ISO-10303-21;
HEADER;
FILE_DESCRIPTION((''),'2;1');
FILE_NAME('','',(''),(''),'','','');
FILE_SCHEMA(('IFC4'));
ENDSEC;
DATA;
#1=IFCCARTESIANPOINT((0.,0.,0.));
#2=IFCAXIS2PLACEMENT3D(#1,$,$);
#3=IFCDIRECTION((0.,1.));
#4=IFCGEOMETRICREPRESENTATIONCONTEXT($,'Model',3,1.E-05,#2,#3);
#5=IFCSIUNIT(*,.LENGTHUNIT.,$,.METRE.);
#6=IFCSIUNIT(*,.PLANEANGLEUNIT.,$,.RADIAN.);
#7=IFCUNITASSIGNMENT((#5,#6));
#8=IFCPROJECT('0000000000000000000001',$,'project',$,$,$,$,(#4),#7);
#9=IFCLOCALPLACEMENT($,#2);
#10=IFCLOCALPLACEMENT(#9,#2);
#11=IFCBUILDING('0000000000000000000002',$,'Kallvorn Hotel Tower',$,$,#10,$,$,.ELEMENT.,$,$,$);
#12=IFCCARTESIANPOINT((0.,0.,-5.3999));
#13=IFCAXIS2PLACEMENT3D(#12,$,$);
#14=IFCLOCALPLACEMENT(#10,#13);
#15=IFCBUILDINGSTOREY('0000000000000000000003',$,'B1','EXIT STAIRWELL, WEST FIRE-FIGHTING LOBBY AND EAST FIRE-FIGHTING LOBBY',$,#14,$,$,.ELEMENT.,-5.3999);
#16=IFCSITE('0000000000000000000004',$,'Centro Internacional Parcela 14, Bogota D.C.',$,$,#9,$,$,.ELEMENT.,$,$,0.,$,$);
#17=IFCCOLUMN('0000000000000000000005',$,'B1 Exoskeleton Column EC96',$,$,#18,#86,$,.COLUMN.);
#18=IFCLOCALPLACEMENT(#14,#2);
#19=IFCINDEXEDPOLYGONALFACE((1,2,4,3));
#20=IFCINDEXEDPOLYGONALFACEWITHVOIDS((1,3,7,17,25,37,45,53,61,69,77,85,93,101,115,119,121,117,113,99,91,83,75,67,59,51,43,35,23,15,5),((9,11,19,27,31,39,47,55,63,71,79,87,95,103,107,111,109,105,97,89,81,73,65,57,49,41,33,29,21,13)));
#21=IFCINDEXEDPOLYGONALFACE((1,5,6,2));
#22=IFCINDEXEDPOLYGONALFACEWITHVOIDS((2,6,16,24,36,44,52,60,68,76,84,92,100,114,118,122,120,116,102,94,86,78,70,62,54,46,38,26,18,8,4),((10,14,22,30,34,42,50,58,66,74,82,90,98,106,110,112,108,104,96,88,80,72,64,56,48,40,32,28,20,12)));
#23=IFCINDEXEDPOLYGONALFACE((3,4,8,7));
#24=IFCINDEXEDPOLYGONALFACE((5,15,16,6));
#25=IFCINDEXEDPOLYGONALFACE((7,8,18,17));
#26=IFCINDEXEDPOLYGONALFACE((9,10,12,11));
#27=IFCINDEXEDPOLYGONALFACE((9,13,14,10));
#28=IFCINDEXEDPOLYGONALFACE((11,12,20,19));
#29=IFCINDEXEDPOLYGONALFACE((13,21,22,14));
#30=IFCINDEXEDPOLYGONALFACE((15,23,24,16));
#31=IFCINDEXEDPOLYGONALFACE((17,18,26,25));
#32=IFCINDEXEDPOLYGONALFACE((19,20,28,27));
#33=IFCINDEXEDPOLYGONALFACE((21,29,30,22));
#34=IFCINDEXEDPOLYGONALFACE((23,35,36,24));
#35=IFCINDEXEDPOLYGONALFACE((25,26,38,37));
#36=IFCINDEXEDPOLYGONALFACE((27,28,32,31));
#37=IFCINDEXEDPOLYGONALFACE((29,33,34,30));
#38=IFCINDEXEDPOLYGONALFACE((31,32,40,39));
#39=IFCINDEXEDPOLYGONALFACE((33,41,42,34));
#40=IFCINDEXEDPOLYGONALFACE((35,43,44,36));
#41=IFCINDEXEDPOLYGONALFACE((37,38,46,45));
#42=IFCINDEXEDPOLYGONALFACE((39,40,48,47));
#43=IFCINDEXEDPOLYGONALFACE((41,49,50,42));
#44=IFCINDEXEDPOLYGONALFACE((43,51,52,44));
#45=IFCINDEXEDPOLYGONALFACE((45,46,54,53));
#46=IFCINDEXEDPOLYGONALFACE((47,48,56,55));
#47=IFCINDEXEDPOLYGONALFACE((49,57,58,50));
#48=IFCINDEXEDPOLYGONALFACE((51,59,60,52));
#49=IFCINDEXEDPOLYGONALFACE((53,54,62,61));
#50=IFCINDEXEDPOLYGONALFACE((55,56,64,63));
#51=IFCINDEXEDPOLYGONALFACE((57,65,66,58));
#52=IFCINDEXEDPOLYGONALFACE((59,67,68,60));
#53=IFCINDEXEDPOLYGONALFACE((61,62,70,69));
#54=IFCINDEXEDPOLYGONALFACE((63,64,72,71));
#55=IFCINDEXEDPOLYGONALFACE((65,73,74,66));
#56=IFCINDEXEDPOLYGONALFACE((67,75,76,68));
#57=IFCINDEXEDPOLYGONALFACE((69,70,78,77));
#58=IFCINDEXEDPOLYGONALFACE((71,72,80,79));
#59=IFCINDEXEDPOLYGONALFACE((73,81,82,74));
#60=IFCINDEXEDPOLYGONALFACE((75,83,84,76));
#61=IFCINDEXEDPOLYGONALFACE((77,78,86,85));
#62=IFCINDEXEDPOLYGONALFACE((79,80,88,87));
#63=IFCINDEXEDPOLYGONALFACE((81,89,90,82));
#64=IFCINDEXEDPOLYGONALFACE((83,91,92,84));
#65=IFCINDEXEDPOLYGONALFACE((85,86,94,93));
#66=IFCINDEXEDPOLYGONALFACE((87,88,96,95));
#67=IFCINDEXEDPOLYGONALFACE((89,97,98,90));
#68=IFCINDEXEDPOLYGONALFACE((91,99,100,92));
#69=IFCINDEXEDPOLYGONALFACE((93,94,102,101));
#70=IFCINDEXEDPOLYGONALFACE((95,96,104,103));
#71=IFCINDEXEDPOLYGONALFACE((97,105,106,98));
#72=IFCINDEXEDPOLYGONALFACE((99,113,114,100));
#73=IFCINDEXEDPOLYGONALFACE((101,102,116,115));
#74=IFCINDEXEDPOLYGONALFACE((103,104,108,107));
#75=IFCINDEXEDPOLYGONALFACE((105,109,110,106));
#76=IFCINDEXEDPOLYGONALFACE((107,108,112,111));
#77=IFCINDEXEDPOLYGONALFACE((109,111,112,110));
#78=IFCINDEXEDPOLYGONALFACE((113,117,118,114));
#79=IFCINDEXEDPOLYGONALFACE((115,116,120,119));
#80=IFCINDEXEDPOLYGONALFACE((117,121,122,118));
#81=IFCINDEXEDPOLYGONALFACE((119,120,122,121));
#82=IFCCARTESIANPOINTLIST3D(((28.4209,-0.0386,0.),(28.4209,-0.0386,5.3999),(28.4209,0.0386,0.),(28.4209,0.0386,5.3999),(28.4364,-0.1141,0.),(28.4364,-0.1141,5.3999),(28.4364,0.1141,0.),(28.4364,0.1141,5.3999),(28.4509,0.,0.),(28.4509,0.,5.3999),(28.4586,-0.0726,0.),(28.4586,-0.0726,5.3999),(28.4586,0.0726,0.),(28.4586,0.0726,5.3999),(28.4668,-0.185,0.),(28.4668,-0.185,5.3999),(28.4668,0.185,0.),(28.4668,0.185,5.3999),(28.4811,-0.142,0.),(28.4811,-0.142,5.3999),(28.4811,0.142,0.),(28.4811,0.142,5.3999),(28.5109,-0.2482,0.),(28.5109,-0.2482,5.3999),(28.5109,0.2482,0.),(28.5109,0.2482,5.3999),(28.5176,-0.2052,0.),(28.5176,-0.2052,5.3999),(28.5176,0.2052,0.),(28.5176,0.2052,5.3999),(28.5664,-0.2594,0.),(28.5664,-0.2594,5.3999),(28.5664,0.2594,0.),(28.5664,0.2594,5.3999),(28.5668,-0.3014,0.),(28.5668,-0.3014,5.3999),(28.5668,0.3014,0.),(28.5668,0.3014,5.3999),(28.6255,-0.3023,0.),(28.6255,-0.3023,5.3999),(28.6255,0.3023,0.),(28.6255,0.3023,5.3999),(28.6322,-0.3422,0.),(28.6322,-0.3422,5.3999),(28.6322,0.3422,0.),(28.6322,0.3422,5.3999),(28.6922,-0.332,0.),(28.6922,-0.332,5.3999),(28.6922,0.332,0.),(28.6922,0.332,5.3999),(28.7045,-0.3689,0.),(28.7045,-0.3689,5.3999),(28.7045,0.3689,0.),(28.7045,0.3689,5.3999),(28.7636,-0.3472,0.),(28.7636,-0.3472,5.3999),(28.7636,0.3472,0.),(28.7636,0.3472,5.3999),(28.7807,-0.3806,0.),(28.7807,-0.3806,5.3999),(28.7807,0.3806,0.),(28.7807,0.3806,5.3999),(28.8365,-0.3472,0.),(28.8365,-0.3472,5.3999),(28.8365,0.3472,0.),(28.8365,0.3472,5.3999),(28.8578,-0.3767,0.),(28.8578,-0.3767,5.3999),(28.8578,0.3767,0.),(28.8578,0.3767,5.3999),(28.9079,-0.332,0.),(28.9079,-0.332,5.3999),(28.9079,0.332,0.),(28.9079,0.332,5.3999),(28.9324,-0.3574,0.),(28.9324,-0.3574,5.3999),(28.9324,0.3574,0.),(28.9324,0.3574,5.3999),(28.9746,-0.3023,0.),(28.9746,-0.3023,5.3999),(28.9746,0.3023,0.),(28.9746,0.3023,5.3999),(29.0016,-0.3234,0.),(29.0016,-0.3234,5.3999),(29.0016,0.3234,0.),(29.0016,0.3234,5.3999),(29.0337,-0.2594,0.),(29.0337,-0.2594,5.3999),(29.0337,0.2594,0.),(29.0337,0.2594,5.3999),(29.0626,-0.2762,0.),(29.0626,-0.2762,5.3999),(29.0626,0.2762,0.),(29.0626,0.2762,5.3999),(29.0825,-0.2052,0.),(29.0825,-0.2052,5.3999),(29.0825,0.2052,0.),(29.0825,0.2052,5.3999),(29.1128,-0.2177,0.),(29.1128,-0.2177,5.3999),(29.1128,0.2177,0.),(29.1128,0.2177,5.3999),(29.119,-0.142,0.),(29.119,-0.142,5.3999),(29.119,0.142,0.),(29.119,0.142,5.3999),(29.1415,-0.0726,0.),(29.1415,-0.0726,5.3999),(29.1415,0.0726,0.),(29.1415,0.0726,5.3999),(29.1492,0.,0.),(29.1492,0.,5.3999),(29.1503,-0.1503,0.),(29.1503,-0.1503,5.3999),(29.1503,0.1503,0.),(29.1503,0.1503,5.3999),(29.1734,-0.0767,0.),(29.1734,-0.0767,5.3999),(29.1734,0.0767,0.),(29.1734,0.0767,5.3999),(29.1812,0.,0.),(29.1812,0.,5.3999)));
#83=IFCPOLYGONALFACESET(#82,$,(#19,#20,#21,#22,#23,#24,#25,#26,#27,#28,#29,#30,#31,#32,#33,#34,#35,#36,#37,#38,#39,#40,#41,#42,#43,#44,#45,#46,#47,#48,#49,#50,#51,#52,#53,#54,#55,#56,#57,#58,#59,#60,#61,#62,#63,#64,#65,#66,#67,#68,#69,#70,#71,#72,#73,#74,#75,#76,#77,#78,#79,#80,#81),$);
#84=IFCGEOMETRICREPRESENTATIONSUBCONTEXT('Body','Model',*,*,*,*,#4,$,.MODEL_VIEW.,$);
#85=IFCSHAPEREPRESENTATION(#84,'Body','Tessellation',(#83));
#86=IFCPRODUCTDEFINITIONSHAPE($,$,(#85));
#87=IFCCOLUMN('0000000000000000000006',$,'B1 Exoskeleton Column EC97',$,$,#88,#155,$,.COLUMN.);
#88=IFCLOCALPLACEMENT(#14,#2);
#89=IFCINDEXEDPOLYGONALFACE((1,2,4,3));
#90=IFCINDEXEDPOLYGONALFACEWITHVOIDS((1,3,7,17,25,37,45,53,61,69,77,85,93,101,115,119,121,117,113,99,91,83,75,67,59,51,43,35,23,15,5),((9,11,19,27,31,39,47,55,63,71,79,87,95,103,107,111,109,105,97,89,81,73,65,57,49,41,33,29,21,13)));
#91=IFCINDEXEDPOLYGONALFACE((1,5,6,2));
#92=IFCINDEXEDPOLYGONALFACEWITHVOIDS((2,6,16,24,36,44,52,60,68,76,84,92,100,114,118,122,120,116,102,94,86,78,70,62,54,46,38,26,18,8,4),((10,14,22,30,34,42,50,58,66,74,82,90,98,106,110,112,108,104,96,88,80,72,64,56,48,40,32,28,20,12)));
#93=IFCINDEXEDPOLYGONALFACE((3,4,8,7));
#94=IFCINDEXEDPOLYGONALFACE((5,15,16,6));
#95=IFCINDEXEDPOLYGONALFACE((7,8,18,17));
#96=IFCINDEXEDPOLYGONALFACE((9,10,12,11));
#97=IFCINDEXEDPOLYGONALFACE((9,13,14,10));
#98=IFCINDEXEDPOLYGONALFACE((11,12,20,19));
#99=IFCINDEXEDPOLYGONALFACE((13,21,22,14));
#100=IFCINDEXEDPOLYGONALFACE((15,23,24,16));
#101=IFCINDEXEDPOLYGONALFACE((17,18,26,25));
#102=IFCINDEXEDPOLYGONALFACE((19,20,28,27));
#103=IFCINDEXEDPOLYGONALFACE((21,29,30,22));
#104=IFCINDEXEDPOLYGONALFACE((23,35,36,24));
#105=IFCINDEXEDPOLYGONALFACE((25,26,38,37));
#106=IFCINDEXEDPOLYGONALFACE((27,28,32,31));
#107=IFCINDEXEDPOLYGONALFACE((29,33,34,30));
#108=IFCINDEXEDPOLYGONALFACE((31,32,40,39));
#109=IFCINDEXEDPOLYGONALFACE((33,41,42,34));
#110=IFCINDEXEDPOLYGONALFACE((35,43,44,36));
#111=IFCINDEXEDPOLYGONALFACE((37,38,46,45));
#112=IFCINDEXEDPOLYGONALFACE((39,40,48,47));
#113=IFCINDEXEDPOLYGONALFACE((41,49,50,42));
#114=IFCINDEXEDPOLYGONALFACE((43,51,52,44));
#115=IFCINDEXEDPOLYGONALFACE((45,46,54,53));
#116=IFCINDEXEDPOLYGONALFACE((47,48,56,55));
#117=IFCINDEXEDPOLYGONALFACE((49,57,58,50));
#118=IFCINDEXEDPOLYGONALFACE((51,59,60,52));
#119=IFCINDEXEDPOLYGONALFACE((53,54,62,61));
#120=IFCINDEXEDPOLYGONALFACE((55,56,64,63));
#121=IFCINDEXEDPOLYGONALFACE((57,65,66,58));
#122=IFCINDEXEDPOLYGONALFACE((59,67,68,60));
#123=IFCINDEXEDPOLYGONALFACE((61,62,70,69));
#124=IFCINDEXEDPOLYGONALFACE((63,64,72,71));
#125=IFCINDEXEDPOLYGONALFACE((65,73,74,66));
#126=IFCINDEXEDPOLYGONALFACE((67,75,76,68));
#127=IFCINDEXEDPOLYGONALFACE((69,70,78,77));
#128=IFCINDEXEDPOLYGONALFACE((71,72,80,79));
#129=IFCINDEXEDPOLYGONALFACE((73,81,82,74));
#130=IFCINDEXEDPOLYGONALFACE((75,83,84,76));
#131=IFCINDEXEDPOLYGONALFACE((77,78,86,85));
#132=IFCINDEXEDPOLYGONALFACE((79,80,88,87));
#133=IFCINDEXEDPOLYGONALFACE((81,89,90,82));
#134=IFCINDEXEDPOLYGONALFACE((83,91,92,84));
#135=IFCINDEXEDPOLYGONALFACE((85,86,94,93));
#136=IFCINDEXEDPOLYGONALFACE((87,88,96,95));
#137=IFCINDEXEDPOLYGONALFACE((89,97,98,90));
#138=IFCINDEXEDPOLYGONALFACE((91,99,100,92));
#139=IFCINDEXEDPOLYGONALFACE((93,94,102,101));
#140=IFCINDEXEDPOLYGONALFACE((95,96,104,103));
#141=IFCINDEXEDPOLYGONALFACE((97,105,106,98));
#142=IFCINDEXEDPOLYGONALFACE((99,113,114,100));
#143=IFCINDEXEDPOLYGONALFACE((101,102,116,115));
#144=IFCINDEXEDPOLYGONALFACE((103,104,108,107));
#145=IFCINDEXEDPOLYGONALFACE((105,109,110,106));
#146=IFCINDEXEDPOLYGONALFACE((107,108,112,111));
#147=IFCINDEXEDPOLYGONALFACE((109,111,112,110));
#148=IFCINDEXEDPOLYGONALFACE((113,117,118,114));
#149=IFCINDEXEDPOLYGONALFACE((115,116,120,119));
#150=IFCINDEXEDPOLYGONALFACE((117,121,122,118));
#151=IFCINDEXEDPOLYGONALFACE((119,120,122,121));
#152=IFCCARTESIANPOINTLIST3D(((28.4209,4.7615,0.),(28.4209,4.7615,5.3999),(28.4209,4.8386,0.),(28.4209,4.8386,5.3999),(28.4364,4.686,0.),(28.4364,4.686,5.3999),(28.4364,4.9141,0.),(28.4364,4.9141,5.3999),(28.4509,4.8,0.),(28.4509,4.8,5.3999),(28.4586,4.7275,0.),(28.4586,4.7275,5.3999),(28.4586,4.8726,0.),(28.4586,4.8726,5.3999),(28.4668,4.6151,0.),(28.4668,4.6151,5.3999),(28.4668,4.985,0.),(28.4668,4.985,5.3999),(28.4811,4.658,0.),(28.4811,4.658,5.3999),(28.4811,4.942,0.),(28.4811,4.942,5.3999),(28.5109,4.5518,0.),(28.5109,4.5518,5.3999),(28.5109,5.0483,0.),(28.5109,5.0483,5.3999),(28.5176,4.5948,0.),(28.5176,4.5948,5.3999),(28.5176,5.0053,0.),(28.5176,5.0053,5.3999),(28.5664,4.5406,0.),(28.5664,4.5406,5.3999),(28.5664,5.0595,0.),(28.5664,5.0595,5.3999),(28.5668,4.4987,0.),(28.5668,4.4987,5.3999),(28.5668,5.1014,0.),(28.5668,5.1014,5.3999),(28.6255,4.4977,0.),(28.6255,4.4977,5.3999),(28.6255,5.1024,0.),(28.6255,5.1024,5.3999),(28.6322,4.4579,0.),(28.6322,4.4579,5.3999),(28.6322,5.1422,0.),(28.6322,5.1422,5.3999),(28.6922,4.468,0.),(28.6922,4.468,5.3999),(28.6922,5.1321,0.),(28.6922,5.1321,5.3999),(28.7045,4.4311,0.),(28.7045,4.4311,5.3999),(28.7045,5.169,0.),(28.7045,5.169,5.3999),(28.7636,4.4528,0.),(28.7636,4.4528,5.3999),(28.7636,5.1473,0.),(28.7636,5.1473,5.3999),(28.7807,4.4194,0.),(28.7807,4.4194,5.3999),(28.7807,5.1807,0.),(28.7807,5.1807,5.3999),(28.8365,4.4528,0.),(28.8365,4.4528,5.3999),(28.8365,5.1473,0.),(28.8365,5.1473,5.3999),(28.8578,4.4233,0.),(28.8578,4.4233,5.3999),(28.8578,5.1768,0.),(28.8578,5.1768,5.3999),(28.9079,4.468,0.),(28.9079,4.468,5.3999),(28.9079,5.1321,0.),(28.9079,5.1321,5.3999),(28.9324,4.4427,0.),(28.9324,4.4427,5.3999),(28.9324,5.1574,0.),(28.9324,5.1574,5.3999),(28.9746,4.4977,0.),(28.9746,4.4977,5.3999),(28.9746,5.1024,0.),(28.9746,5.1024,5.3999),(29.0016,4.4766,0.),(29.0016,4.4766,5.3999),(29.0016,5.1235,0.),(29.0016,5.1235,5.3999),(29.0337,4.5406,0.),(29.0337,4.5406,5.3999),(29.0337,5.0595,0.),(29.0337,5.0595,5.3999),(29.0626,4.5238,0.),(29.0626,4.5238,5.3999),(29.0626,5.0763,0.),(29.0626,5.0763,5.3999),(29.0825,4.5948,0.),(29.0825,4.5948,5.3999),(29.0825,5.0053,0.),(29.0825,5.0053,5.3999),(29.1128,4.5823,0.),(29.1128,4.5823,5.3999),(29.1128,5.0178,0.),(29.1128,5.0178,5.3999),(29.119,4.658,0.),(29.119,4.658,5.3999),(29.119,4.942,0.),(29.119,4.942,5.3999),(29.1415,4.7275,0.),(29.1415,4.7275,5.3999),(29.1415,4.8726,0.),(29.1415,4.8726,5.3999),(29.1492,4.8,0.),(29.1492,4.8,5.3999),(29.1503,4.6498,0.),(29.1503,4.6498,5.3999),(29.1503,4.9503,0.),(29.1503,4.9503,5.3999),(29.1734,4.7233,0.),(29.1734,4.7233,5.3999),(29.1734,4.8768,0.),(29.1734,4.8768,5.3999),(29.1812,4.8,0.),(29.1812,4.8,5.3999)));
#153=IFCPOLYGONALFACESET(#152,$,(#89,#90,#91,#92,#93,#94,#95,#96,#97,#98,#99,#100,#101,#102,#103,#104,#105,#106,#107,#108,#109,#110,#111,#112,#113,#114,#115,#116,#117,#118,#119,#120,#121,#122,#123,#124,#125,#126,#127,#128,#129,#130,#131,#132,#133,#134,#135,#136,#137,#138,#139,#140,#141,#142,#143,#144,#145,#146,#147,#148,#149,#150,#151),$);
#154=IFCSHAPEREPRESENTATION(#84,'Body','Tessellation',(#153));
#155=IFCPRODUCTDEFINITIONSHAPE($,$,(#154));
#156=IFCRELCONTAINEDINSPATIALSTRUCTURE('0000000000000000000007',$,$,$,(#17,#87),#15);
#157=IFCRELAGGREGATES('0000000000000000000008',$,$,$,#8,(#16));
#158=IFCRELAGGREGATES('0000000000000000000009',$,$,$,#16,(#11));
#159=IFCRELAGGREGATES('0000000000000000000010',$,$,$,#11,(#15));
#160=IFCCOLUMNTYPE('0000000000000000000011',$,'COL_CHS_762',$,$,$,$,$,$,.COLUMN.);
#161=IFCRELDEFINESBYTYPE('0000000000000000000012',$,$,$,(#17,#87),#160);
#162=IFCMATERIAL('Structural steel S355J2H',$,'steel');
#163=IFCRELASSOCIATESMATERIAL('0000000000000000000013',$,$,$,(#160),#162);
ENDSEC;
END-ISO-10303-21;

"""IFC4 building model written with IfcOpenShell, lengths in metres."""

from ifc_helpers import new_model, si_unit, direction, frame, origin, origin_2d, place, context, subcontext, project, spatial, hollow_circle, extrude, material, material_profile, profile_set, type_object, element, save


model = new_model("IFC4")

# Units and contexts
model_context = context("Model", 3, precision=1e-05, world=origin(), true_north=direction((0.0, 1.0)))
body_context = subcontext(model_context, "Body", "Model", "MODEL_VIEW")
ifc_project = project(units=[si_unit("LENGTHUNIT", "METRE"), si_unit("PLANEANGLEUNIT", "RADIAN")], contexts=[model_context])

# Site, building, storey
site_placement = place(None, origin())
site = spatial("IfcSite", under=ifc_project, at=site_placement, Name="Centro Internacional Parcela 14, Bogota D.C.", CompositionType="ELEMENT", RefElevation=0.0)
building_placement = place(site_placement, origin())
building = spatial("IfcBuilding", under=site, at=building_placement, Name="Kallvorn Hotel Tower", CompositionType="ELEMENT")
storey_placement = place(building_placement, frame((0.0, 0.0, -5.3999)))
storey = spatial("IfcBuildingStorey", under=building, at=storey_placement, Name="B1", Description="EXIT STAIRWELL, WEST FIRE-FIGHTING LOBBY AND EAST FIRE-FIGHTING LOBBY", CompositionType="ELEMENT", Elevation=-5.3999)

# Columns
ifc_material_1 = material(Name="Structural steel S355J2H", Category="steel")
ifc_material_profile_1 = material_profile(ifc_material_1, hollow_circle(Radius=0.3811, WallThickness=0.032, at=origin_2d()), Name="CHS 762x32")
ifc_profile_set_1 = profile_set([ifc_material_profile_1], Name="Structural steel S355J2H")
column_type_1 = type_object("IfcColumnType", Name="COL_CHS_762", PredefinedType="COLUMN", material=ifc_profile_set_1)
for number, where, z_axis, x_axis, name in (
    (1, (28.8, 0.0, 0.0), (0.0, 0.0, 1.0), (1.0, 0.0, 0.0), "B1 Exoskeleton Column EC96"),
    (2, (28.8, 4.8, 0.0), (0.0, 0.0, 1.0), (1.0, 0.0, 0.0), "B1 Exoskeleton Column EC97"),
):
    element("IfcColumn", number, at=place(storey_placement, frame(where, z_axis=z_axis, x_axis=x_axis)), inside=storey, type_object=column_type_1, Name=name, PredefinedType="COLUMN", context=body_context, shape_type="SweptSolid", body=[
        extrude(hollow_circle(Radius=0.3811, WallThickness=0.032, at=origin_2d()), origin(), (0.0, 0.0, 1.0), 5.3999),
    ])

save(model, "model.ifc")
